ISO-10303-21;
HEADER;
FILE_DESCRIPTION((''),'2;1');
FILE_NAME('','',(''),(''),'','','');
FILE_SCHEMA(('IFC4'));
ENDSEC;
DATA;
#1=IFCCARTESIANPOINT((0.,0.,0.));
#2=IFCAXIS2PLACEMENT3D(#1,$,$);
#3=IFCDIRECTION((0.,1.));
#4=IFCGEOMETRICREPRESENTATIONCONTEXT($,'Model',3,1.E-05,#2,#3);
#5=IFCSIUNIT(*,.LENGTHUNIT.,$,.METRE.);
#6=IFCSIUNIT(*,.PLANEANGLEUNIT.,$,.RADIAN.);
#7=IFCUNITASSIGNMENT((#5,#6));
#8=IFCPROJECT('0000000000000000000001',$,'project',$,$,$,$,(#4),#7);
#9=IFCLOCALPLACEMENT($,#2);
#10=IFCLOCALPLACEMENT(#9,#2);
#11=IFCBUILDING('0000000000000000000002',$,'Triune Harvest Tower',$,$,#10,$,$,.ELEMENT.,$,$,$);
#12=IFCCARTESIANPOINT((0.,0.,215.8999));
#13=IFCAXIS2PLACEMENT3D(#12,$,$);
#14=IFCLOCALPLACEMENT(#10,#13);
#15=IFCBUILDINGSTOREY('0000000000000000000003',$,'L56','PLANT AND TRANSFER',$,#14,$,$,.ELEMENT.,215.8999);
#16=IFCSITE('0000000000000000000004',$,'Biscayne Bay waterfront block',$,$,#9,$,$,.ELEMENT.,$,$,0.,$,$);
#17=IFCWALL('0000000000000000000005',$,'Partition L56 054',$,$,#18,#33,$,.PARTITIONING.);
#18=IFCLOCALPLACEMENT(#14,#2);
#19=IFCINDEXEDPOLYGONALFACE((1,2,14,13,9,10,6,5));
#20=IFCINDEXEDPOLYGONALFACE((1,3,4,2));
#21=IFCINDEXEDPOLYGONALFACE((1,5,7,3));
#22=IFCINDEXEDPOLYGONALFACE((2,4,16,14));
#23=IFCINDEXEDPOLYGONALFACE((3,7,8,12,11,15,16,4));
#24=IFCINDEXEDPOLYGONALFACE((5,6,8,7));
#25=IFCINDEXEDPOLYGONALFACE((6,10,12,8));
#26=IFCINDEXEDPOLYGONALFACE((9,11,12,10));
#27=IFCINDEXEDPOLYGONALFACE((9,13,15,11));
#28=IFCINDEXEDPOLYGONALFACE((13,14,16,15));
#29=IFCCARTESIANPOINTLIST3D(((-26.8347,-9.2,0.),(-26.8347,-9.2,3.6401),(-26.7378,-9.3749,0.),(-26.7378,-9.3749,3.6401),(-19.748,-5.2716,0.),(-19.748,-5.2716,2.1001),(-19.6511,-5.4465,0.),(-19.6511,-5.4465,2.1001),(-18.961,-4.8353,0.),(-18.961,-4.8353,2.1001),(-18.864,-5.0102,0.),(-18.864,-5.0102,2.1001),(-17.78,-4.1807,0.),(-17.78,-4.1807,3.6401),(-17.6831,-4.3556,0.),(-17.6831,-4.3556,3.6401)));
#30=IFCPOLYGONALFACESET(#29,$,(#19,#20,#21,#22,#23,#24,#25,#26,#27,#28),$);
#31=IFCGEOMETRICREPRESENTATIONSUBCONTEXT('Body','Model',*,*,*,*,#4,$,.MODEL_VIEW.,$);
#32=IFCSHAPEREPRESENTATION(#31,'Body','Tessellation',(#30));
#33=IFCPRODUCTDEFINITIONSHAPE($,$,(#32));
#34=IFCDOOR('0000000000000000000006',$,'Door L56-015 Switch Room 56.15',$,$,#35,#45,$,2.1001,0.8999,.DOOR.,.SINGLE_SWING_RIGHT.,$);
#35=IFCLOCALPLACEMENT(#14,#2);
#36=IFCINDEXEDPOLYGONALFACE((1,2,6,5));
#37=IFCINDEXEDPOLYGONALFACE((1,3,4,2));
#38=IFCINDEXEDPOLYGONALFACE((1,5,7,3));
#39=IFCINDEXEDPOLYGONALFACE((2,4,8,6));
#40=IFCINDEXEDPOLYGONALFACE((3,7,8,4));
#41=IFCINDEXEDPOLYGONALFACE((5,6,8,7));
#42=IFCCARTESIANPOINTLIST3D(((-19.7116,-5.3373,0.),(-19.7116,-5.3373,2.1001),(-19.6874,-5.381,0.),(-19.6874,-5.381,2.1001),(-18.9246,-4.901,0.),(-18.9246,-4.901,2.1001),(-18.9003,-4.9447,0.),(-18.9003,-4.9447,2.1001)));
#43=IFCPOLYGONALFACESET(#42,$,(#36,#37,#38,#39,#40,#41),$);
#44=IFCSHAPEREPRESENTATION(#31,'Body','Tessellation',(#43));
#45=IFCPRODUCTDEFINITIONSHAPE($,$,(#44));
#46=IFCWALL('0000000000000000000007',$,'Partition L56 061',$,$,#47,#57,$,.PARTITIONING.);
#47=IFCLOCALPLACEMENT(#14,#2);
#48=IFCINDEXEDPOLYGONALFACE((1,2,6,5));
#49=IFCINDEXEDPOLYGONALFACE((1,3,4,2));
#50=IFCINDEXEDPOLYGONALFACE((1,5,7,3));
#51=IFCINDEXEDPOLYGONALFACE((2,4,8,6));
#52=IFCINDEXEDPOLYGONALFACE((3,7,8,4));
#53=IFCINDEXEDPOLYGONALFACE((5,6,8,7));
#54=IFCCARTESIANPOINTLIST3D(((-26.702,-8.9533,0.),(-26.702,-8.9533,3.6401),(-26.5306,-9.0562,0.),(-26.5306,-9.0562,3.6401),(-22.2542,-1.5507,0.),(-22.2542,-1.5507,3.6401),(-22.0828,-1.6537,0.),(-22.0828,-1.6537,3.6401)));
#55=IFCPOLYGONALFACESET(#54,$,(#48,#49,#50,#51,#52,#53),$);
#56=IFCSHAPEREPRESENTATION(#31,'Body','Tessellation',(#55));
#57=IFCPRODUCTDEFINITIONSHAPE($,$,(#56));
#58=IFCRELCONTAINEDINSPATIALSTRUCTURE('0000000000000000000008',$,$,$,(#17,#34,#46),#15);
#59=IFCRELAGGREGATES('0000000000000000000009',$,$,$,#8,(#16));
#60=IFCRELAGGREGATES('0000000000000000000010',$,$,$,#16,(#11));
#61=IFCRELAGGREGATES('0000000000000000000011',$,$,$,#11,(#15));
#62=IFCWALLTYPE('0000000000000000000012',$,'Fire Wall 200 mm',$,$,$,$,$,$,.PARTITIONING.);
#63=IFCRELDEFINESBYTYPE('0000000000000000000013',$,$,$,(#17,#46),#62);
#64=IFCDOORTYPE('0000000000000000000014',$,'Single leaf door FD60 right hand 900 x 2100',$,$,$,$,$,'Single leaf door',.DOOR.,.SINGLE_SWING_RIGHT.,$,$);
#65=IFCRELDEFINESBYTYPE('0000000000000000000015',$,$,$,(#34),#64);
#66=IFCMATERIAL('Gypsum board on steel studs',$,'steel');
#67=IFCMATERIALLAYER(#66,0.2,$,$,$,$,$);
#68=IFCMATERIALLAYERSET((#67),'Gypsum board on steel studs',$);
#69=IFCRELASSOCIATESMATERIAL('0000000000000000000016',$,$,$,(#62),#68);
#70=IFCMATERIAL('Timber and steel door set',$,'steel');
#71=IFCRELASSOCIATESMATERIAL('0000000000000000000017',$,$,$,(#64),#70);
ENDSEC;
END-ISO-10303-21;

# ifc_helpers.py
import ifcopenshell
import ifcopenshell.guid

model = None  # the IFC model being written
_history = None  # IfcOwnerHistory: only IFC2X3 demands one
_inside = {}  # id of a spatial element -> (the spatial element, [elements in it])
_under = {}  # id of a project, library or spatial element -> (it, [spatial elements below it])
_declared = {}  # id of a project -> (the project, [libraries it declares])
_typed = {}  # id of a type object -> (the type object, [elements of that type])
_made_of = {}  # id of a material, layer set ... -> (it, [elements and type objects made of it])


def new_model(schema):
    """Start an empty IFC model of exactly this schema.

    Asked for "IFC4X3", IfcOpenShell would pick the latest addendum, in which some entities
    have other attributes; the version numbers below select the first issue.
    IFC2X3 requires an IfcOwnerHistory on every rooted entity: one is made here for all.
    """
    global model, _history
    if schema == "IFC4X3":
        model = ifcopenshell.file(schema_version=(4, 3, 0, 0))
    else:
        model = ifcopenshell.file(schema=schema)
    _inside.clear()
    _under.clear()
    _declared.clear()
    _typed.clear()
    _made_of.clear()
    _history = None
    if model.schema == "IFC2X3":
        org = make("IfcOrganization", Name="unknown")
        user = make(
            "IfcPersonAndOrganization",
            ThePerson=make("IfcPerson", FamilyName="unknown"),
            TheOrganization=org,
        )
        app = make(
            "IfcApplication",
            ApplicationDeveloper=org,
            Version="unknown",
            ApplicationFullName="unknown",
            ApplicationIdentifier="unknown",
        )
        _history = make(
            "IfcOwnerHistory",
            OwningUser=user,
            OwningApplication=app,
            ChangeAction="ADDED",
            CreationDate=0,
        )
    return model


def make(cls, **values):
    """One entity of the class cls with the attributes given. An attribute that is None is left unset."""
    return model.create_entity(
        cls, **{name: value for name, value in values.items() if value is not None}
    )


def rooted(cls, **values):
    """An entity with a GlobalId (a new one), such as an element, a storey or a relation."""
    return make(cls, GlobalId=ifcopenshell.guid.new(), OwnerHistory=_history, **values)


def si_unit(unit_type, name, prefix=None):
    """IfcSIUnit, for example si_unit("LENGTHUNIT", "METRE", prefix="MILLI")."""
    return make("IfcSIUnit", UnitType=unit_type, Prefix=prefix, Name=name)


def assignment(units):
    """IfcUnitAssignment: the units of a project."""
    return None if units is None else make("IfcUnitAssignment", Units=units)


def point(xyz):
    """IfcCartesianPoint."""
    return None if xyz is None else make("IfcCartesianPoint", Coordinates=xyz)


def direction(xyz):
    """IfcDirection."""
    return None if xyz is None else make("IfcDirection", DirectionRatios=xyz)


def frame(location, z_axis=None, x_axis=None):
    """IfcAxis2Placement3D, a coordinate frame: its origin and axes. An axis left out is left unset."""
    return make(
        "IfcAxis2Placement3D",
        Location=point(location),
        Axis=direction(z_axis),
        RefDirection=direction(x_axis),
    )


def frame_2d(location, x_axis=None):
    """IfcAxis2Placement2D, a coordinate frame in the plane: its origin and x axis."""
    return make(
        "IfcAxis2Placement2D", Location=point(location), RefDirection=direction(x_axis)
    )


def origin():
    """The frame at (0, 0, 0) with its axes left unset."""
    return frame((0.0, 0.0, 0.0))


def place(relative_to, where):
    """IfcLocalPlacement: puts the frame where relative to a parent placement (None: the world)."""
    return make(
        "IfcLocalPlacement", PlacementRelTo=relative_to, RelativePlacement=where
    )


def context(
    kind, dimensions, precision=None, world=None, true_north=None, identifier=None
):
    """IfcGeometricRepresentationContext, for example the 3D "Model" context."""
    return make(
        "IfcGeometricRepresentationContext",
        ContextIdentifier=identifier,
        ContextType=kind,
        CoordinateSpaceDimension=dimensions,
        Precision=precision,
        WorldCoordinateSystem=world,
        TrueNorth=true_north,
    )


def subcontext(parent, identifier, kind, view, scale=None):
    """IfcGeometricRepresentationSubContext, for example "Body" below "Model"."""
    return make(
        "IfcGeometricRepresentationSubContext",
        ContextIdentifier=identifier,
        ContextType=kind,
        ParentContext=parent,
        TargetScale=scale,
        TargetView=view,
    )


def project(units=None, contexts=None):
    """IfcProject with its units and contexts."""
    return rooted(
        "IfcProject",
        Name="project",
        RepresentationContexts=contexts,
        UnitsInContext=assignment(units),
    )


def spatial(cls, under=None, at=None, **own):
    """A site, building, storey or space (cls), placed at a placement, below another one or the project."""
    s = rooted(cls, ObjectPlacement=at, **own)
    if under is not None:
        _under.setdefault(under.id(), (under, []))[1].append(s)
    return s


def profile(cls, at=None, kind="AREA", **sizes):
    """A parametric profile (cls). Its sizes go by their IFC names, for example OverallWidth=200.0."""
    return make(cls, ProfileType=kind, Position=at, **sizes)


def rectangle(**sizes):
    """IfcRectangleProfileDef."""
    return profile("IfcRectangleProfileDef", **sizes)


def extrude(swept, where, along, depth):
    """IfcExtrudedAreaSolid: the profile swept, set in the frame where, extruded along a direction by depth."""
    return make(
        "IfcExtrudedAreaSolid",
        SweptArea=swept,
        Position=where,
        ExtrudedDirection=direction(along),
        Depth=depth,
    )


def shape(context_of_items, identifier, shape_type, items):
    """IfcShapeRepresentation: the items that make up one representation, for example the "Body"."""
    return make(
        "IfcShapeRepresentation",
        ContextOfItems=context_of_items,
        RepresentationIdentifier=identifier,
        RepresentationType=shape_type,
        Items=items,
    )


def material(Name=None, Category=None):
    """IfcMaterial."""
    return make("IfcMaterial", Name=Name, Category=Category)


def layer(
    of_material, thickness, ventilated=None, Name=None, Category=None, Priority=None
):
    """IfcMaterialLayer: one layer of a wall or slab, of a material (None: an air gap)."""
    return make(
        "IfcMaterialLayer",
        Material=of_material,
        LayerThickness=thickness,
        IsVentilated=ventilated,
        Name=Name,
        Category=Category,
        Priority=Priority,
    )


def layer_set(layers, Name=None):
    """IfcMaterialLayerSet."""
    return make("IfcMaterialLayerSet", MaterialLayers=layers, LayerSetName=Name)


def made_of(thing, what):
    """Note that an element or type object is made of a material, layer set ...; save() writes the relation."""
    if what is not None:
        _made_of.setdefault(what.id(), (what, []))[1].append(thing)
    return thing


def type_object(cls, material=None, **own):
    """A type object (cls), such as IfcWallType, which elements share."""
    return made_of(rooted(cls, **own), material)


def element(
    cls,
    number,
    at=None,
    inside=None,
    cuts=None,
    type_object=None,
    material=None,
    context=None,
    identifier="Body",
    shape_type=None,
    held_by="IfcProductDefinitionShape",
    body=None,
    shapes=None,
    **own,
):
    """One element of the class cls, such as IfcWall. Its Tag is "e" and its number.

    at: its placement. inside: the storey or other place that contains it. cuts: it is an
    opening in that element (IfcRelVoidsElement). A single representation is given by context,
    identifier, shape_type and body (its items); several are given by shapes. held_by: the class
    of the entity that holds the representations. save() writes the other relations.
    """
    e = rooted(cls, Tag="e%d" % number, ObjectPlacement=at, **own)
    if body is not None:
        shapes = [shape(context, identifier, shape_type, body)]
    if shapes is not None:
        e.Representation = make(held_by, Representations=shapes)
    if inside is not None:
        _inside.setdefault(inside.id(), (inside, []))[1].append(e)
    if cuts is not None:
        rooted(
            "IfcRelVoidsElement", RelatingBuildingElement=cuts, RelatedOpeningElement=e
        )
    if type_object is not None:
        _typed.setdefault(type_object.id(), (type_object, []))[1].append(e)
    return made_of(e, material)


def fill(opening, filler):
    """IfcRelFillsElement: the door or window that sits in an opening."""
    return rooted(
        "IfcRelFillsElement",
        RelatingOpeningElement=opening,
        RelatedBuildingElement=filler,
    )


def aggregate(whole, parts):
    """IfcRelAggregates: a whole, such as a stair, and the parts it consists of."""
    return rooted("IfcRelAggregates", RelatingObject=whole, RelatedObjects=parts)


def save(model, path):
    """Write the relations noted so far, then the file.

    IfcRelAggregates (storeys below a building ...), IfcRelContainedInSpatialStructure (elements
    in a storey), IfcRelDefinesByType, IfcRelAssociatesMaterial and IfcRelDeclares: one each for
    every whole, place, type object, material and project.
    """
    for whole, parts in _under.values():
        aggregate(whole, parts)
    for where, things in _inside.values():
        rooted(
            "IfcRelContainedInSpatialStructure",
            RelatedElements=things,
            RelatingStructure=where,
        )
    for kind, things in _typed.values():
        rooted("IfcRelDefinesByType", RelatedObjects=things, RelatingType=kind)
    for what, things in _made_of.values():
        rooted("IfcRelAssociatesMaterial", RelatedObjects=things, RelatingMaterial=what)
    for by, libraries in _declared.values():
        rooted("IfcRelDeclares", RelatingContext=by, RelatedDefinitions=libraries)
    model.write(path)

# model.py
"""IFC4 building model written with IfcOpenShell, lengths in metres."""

from ifc_helpers import new_model, si_unit, direction, frame, frame_2d, origin, place, context, subcontext, project, spatial, rectangle, extrude, material, layer, layer_set, type_object, element, fill, save


model = new_model("IFC4")

# Units and contexts
model_context = context("Model", 3, precision=1e-05, world=origin(), true_north=direction((0.0, 1.0)))
body_context = subcontext(model_context, "Body", "Model", "MODEL_VIEW")
ifc_project = project(units=[si_unit("LENGTHUNIT", "METRE"), si_unit("PLANEANGLEUNIT", "RADIAN")], contexts=[model_context])

# Site, building, storey
site_placement = place(None, origin())
site = spatial("IfcSite", under=ifc_project, at=site_placement, Name="Biscayne Bay waterfront block", CompositionType="ELEMENT", RefElevation=0.0)
building_placement = place(site_placement, origin())
building = spatial("IfcBuilding", under=site, at=building_placement, Name="Triune Harvest Tower", CompositionType="ELEMENT")
storey_placement = place(building_placement, frame((0.0, 0.0, 215.8999)))
storey = spatial("IfcBuildingStorey", under=building, at=storey_placement, Name="L56", Description="PLANT AND TRANSFER", CompositionType="ELEMENT", Elevation=215.8999)

# Shared definitions
ifc_material_1 = material(Name="Gypsum board on steel studs", Category="steel")
ifc_layer_1 = layer(ifc_material_1, 0.2)
ifc_layer_set_1 = layer_set([ifc_layer_1], Name="Gypsum board on steel studs")
wall_type = type_object("IfcWallType", Name="Fire Wall 200 mm", PredefinedType="PARTITIONING", material=ifc_layer_set_1)

# Wall, opening, door
wall_1_placement = place(storey_placement, frame((-26.7861, -9.2874, 0.0), z_axis=(0.0, 0.0, 1.0), x_axis=(0.874612, 0.484824, 0.0)))
wall_1 = element("IfcWall", 1, at=wall_1_placement, inside=storey, type_object=wall_type, Name="Partition L56 054", PredefinedType="PARTITIONING", context=body_context, shape_type="SweptSolid", body=[
    extrude(rectangle(XDim=10.3528, YDim=0.2, at=frame_2d((5.1763, 0.0))), origin(), (0.0, 0.0, 1.0), 3.6401),
])
opening_placement = place(wall_1_placement, frame((8.1025, 0.0, 0.0)))
opening = element("IfcOpeningElement", 2, at=opening_placement, cuts=wall_1, PredefinedType="OPENING", context=body_context, shape_type="SweptSolid", body=[
    extrude(rectangle(XDim=0.8999, YDim=2.1001, at=frame_2d((0.45, 1.05))), frame((0.0, 0.1099, 0.0), z_axis=(0.0, -1.0, 0.0), x_axis=(1.0, 0.0, 0.0)), (0.0, 0.0, 1.0), 0.22),
])
ifc_material_2 = material(Name="Timber and steel door set", Category="steel")
door_type = type_object("IfcDoorType", Name="Single leaf door FD60 right hand 900 x 2100", ElementType="Single leaf door", OperationType="SINGLE_SWING_RIGHT", PredefinedType="DOOR", material=ifc_material_2)
door_placement = place(opening_placement, origin())
door = element("IfcDoor", 3, at=door_placement, inside=storey, type_object=door_type, Name="Door L56-015 Switch Room 56.15", OperationType="SINGLE_SWING_RIGHT", OverallHeight=2.1001, OverallWidth=0.8999, PredefinedType="DOOR", context=body_context, shape_type="SweptSolid", body=[
    extrude(rectangle(XDim=0.8999, YDim=2.1001, at=frame_2d((0.45, 1.05))), frame((0.0, 0.0249, 0.0), z_axis=(0.0, -1.0, 0.0), x_axis=(1.0, 0.0, 0.0)), (0.0, 0.0, 1.0), 0.05),
])
fill(opening, door)

# Wall
wall_2_placement = place(storey_placement, frame((-26.6162, -9.0046, 0.0), z_axis=(0.0, 0.0, 1.0), x_axis=(0.515024, 0.857176, 0.0)))
element("IfcWall", 4, at=wall_2_placement, inside=storey, type_object=wall_type, Name="Partition L56 061", PredefinedType="PARTITIONING", context=body_context, shape_type="SweptSolid", body=[
    extrude(rectangle(XDim=8.636, YDim=0.2, at=frame_2d((4.3179, 0.0))), origin(), (0.0, 0.0, 1.0), 3.6401),
])

save(model, "model.ifc")
